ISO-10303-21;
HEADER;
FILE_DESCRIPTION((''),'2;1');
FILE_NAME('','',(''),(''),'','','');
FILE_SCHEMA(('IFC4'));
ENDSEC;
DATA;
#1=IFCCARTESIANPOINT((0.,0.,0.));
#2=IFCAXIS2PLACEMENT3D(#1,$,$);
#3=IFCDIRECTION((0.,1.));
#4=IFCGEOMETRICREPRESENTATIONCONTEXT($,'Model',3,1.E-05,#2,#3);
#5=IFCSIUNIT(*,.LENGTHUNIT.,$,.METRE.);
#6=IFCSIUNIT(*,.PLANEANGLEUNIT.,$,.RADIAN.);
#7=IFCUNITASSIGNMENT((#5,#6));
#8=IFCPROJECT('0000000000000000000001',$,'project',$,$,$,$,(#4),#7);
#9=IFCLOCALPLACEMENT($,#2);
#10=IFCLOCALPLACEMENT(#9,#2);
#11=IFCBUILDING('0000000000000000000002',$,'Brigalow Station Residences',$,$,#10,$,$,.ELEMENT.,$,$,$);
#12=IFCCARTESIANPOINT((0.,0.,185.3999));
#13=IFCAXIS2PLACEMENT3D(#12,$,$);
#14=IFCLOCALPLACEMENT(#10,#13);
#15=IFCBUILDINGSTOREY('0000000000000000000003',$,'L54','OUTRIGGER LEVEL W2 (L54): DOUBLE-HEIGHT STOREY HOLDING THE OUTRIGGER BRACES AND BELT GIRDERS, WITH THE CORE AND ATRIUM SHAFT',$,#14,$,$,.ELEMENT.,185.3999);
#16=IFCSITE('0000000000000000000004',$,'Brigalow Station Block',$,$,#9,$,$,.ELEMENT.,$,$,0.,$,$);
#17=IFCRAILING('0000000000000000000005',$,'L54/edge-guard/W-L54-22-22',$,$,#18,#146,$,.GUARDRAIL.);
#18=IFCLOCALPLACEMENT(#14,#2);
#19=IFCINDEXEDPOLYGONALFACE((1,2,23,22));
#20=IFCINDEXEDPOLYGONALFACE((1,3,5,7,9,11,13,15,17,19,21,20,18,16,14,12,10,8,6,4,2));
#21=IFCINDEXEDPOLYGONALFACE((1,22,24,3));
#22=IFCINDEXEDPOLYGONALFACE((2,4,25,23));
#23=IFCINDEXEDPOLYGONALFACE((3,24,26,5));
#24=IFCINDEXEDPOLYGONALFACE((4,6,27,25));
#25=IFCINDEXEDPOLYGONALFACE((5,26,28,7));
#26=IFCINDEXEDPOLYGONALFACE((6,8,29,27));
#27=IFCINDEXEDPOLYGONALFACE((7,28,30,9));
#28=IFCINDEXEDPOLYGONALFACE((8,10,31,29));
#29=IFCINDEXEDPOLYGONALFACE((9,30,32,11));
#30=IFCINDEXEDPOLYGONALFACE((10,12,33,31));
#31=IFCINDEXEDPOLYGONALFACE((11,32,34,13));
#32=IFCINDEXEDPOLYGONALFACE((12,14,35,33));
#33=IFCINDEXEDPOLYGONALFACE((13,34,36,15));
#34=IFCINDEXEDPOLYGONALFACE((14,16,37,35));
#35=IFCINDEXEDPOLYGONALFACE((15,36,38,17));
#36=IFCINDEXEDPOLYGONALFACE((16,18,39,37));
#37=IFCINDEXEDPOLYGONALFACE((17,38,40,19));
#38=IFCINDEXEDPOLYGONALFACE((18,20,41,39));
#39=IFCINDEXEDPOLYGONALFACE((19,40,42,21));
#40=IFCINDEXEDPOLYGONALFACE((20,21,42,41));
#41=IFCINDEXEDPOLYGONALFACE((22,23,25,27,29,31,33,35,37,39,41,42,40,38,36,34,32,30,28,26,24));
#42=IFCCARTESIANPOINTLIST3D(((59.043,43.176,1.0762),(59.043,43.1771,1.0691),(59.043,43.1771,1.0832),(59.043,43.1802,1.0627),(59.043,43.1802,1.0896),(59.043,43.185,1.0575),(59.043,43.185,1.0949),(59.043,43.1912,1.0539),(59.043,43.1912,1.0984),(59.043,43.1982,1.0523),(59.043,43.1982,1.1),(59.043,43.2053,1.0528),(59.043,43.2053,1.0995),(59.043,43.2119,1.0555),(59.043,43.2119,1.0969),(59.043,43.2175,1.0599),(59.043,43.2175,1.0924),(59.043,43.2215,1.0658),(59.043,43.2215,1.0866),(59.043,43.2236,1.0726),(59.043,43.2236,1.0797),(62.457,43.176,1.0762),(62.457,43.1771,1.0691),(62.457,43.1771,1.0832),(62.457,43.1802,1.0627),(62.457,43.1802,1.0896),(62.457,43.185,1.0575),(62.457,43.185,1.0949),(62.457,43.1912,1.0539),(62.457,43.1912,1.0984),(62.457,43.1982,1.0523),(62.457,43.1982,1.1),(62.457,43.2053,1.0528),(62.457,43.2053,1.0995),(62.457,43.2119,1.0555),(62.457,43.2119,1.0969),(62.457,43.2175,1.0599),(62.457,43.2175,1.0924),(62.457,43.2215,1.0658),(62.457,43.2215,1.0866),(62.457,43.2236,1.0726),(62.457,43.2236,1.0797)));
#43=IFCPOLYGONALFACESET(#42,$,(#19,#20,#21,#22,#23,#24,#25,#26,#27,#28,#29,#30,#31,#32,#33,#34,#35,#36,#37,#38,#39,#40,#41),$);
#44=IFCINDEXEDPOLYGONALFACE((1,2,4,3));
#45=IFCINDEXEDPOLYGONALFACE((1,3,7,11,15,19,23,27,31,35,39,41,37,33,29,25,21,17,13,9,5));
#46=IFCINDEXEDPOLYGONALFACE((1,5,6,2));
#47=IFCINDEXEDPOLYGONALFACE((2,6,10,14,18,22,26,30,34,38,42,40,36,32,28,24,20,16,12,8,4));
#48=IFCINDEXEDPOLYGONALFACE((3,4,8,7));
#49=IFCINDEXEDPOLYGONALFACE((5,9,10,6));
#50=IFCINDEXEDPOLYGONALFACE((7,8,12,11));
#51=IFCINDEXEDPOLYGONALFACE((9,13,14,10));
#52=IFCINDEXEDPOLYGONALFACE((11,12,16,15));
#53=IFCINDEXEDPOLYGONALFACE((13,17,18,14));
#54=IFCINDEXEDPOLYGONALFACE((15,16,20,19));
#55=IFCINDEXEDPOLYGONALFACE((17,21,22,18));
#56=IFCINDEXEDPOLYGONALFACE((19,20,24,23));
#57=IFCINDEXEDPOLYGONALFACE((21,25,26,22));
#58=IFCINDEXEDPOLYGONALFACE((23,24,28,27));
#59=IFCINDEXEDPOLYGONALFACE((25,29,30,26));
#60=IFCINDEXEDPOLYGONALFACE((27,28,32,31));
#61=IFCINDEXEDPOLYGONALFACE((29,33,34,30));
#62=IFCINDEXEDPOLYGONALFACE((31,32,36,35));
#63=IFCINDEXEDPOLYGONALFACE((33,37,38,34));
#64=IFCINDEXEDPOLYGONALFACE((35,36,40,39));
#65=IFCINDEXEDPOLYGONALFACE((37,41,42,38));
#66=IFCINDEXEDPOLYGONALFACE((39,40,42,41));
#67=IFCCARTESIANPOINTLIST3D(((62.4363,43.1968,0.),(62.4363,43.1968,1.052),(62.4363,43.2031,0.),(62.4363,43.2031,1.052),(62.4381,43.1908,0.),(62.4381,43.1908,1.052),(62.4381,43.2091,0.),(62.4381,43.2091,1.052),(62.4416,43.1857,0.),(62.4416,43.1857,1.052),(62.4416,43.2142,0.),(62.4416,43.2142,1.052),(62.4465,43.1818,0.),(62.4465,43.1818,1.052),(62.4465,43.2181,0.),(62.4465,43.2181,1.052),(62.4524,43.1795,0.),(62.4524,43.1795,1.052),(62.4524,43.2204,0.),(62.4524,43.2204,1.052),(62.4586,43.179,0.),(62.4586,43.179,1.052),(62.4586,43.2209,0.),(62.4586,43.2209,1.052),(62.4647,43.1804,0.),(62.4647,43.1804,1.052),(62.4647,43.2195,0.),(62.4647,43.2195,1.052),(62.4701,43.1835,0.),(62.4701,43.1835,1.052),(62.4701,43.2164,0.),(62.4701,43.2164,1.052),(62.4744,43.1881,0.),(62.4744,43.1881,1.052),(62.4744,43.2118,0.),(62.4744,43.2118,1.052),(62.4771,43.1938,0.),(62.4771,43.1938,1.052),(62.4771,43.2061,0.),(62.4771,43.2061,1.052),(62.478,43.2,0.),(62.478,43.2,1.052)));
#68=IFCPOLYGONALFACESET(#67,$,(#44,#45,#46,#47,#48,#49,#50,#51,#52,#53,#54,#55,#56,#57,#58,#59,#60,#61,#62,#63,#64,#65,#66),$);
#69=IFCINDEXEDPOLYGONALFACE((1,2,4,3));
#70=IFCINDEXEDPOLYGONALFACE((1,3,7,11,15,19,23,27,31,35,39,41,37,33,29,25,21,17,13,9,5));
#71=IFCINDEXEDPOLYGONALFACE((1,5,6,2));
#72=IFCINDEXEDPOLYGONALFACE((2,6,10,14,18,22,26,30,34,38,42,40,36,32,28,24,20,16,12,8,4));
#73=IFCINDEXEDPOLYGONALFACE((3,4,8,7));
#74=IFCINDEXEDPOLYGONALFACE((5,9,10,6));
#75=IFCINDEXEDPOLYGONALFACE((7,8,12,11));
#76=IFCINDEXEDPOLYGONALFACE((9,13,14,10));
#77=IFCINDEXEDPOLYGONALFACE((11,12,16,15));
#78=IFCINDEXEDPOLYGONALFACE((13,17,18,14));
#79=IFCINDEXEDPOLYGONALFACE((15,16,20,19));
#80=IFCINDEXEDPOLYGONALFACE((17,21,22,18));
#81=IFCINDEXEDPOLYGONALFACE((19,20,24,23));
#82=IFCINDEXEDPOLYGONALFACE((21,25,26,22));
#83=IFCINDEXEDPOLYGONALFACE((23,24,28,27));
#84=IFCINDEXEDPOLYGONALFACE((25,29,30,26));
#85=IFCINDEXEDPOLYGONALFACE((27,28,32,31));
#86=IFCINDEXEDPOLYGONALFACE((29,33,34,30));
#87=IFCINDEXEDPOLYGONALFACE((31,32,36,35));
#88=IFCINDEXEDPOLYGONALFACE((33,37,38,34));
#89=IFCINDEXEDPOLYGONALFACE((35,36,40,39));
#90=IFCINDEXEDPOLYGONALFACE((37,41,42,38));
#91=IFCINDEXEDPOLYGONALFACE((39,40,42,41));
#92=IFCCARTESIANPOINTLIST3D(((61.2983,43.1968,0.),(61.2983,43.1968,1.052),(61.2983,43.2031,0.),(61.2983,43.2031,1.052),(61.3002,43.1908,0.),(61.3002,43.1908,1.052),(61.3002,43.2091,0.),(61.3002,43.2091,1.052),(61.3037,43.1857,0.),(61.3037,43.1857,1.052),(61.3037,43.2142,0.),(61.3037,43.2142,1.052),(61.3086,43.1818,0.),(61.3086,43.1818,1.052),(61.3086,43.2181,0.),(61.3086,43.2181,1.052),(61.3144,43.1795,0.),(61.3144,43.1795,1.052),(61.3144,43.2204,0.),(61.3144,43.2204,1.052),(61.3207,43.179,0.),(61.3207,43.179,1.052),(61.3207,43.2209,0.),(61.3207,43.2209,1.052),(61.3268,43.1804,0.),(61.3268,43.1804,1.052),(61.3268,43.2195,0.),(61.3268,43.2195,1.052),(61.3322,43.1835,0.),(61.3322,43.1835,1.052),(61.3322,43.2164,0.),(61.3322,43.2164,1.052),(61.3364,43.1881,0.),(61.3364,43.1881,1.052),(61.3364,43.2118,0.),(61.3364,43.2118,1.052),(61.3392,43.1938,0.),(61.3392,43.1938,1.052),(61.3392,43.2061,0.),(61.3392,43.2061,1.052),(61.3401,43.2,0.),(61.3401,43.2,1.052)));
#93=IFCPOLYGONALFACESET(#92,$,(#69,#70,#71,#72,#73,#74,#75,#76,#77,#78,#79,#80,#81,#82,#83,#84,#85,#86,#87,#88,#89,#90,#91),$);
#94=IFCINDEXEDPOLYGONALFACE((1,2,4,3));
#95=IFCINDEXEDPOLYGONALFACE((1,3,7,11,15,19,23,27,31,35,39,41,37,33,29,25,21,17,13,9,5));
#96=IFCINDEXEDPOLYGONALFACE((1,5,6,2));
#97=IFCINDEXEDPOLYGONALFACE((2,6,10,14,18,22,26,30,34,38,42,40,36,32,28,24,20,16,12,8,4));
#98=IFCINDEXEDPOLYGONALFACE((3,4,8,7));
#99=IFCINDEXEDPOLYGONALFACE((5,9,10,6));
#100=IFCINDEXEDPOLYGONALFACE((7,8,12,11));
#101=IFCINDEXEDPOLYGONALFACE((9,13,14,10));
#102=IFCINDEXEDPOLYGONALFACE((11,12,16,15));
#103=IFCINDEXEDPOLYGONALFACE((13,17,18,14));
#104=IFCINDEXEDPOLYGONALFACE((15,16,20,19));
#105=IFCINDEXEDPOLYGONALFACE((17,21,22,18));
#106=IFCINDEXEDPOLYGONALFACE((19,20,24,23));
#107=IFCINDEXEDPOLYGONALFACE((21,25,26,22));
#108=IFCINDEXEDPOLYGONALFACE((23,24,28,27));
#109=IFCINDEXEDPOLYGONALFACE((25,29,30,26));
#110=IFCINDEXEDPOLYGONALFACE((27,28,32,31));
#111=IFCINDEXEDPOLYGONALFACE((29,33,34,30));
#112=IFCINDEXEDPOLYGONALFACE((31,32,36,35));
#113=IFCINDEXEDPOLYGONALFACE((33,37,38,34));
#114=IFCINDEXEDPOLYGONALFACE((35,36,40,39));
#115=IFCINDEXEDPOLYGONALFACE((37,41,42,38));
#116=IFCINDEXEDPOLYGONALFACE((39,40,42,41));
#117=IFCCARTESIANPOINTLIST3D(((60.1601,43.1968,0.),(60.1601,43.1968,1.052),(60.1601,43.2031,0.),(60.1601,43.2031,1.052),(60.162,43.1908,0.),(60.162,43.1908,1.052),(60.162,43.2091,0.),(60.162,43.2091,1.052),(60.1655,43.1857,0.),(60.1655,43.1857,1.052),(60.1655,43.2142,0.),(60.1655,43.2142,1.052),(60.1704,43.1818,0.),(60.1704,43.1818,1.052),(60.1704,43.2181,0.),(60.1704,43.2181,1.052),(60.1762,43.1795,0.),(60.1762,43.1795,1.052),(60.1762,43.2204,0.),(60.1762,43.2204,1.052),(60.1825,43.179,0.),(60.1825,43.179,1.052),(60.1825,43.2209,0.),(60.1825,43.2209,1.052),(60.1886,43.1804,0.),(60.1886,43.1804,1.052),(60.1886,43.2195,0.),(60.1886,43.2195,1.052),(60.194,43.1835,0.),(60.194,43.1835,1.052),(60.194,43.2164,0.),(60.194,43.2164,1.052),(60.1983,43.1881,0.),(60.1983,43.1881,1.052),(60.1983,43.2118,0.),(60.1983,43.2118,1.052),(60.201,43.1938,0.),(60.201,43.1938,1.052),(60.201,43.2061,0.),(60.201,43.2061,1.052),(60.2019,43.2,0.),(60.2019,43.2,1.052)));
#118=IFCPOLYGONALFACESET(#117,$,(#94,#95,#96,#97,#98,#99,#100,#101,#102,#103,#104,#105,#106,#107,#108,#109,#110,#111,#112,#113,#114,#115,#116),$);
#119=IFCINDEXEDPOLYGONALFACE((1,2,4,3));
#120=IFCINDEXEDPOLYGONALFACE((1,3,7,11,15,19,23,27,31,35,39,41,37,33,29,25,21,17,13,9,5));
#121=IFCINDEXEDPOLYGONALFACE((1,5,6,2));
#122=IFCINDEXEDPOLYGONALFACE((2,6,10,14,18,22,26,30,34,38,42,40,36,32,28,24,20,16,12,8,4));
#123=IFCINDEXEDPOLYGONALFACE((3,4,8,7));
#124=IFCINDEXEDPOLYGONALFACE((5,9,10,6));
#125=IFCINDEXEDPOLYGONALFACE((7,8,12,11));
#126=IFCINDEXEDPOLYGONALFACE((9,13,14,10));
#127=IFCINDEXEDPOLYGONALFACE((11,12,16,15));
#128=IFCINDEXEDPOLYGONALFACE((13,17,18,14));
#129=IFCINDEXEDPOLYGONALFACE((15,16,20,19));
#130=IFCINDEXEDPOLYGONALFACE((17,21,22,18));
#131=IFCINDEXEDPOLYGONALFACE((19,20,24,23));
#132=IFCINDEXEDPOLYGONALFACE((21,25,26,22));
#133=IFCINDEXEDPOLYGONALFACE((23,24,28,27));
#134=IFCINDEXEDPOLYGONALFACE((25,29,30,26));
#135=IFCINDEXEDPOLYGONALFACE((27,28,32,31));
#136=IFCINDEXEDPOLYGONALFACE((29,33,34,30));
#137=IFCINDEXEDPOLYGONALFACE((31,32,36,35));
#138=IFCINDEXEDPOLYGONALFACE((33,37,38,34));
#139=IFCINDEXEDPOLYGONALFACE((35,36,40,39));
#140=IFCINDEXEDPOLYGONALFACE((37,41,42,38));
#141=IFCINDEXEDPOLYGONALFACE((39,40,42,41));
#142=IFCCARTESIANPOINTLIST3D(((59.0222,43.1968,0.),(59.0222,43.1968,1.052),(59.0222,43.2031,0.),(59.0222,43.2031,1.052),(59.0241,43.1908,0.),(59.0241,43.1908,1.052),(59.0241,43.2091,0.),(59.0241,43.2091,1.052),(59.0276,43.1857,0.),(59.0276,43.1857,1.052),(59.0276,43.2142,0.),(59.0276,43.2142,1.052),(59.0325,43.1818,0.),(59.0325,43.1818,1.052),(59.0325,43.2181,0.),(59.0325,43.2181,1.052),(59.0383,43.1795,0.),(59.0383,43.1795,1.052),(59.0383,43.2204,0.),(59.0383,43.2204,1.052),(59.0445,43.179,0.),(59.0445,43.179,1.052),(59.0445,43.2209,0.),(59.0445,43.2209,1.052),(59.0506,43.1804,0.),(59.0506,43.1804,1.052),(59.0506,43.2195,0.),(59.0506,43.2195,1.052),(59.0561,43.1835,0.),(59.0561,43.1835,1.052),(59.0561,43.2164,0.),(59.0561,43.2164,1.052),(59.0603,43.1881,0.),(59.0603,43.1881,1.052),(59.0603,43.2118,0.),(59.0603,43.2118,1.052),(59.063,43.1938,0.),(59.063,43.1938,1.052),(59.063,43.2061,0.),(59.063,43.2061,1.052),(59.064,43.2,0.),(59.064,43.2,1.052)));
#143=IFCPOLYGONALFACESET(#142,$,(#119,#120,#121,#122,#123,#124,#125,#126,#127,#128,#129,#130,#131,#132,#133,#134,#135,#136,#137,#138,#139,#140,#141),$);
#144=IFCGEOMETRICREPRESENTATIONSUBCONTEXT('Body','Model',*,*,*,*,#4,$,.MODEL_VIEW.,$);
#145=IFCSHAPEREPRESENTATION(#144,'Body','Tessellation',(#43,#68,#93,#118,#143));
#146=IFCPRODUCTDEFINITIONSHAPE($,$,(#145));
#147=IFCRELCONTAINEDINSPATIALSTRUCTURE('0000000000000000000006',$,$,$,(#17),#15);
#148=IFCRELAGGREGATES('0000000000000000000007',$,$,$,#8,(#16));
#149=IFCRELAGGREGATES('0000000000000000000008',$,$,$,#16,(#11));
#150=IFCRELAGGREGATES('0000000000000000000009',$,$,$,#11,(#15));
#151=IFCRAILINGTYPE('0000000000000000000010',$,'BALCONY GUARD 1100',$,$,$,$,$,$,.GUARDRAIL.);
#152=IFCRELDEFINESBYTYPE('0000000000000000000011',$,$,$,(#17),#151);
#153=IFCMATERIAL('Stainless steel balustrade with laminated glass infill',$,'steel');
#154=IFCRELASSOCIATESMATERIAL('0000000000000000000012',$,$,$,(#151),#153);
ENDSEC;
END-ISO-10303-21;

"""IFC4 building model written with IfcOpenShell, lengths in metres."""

from ifc_helpers import new_model, si_unit, direction, frame, origin, origin_2d, place, context, subcontext, project, spatial, circle, extrude, material, type_object, element, save


model = new_model("IFC4")

# Units and contexts
model_context = context("Model", 3, precision=1e-05, world=origin(), true_north=direction((0.0, 1.0)))
body_context = subcontext(model_context, "Body", "Model", "MODEL_VIEW")
ifc_project = project(units=[si_unit("LENGTHUNIT", "METRE"), si_unit("PLANEANGLEUNIT", "RADIAN")], contexts=[model_context])

# Site, building, storey
site_placement = place(None, origin())
site = spatial("IfcSite", under=ifc_project, at=site_placement, Name="Brigalow Station Block", CompositionType="ELEMENT", RefElevation=0.0)
building_placement = place(site_placement, origin())
building = spatial("IfcBuilding", under=site, at=building_placement, Name="Brigalow Station Residences", CompositionType="ELEMENT")
storey_placement = place(building_placement, frame((0.0, 0.0, 185.3999)))
storey = spatial("IfcBuildingStorey", under=building, at=storey_placement, Name="L54", Description="OUTRIGGER LEVEL W2 (L54): DOUBLE-HEIGHT STOREY HOLDING THE OUTRIGGER BRACES AND BELT GIRDERS, WITH THE CORE AND ATRIUM SHAFT", CompositionType="ELEMENT", Elevation=185.3999)

# Railing
ifc_material_1 = material(Name="Stainless steel balustrade with laminated glass infill", Category="steel")
railing_type_1 = type_object("IfcRailingType", Name="BALCONY GUARD 1100", PredefinedType="GUARDRAIL", material=ifc_material_1)
for number, where, name in (
    (1, (62.457, 43.2, 0.0), "L54/edge-guard/W-L54-22-22"),
):
    element("IfcRailing", number, at=place(storey_placement, frame(where)), inside=storey, type_object=railing_type_1, Name=name, PredefinedType="GUARDRAIL", context=body_context, shape_type="SweptSolid", body=[
        extrude(circle(Radius=0.0239, at=origin_2d()), frame((0.0, 0.0, 1.0762), z_axis=(-1.0, 0.0, 0.0), x_axis=(0.0, -1.0, 0.0)), (0.0, 0.0, 1.0), 3.4141),
        extrude(circle(Radius=0.021, at=origin_2d()), origin(), (0.0, 0.0, 1.0), 1.052),
        extrude(circle(Radius=0.021, at=origin_2d()), frame((-1.1379, 0.0, 0.0)), (0.0, 0.0, 1.0), 1.052),
        extrude(circle(Radius=0.021, at=origin_2d()), frame((-2.2761, 0.0, 0.0)), (0.0, 0.0, 1.0), 1.052),
        extrude(circle(Radius=0.021, at=origin_2d()), frame((-3.4141, 0.0, 0.0)), (0.0, 0.0, 1.0), 1.052),
    ])

save(model, "model.ifc")
